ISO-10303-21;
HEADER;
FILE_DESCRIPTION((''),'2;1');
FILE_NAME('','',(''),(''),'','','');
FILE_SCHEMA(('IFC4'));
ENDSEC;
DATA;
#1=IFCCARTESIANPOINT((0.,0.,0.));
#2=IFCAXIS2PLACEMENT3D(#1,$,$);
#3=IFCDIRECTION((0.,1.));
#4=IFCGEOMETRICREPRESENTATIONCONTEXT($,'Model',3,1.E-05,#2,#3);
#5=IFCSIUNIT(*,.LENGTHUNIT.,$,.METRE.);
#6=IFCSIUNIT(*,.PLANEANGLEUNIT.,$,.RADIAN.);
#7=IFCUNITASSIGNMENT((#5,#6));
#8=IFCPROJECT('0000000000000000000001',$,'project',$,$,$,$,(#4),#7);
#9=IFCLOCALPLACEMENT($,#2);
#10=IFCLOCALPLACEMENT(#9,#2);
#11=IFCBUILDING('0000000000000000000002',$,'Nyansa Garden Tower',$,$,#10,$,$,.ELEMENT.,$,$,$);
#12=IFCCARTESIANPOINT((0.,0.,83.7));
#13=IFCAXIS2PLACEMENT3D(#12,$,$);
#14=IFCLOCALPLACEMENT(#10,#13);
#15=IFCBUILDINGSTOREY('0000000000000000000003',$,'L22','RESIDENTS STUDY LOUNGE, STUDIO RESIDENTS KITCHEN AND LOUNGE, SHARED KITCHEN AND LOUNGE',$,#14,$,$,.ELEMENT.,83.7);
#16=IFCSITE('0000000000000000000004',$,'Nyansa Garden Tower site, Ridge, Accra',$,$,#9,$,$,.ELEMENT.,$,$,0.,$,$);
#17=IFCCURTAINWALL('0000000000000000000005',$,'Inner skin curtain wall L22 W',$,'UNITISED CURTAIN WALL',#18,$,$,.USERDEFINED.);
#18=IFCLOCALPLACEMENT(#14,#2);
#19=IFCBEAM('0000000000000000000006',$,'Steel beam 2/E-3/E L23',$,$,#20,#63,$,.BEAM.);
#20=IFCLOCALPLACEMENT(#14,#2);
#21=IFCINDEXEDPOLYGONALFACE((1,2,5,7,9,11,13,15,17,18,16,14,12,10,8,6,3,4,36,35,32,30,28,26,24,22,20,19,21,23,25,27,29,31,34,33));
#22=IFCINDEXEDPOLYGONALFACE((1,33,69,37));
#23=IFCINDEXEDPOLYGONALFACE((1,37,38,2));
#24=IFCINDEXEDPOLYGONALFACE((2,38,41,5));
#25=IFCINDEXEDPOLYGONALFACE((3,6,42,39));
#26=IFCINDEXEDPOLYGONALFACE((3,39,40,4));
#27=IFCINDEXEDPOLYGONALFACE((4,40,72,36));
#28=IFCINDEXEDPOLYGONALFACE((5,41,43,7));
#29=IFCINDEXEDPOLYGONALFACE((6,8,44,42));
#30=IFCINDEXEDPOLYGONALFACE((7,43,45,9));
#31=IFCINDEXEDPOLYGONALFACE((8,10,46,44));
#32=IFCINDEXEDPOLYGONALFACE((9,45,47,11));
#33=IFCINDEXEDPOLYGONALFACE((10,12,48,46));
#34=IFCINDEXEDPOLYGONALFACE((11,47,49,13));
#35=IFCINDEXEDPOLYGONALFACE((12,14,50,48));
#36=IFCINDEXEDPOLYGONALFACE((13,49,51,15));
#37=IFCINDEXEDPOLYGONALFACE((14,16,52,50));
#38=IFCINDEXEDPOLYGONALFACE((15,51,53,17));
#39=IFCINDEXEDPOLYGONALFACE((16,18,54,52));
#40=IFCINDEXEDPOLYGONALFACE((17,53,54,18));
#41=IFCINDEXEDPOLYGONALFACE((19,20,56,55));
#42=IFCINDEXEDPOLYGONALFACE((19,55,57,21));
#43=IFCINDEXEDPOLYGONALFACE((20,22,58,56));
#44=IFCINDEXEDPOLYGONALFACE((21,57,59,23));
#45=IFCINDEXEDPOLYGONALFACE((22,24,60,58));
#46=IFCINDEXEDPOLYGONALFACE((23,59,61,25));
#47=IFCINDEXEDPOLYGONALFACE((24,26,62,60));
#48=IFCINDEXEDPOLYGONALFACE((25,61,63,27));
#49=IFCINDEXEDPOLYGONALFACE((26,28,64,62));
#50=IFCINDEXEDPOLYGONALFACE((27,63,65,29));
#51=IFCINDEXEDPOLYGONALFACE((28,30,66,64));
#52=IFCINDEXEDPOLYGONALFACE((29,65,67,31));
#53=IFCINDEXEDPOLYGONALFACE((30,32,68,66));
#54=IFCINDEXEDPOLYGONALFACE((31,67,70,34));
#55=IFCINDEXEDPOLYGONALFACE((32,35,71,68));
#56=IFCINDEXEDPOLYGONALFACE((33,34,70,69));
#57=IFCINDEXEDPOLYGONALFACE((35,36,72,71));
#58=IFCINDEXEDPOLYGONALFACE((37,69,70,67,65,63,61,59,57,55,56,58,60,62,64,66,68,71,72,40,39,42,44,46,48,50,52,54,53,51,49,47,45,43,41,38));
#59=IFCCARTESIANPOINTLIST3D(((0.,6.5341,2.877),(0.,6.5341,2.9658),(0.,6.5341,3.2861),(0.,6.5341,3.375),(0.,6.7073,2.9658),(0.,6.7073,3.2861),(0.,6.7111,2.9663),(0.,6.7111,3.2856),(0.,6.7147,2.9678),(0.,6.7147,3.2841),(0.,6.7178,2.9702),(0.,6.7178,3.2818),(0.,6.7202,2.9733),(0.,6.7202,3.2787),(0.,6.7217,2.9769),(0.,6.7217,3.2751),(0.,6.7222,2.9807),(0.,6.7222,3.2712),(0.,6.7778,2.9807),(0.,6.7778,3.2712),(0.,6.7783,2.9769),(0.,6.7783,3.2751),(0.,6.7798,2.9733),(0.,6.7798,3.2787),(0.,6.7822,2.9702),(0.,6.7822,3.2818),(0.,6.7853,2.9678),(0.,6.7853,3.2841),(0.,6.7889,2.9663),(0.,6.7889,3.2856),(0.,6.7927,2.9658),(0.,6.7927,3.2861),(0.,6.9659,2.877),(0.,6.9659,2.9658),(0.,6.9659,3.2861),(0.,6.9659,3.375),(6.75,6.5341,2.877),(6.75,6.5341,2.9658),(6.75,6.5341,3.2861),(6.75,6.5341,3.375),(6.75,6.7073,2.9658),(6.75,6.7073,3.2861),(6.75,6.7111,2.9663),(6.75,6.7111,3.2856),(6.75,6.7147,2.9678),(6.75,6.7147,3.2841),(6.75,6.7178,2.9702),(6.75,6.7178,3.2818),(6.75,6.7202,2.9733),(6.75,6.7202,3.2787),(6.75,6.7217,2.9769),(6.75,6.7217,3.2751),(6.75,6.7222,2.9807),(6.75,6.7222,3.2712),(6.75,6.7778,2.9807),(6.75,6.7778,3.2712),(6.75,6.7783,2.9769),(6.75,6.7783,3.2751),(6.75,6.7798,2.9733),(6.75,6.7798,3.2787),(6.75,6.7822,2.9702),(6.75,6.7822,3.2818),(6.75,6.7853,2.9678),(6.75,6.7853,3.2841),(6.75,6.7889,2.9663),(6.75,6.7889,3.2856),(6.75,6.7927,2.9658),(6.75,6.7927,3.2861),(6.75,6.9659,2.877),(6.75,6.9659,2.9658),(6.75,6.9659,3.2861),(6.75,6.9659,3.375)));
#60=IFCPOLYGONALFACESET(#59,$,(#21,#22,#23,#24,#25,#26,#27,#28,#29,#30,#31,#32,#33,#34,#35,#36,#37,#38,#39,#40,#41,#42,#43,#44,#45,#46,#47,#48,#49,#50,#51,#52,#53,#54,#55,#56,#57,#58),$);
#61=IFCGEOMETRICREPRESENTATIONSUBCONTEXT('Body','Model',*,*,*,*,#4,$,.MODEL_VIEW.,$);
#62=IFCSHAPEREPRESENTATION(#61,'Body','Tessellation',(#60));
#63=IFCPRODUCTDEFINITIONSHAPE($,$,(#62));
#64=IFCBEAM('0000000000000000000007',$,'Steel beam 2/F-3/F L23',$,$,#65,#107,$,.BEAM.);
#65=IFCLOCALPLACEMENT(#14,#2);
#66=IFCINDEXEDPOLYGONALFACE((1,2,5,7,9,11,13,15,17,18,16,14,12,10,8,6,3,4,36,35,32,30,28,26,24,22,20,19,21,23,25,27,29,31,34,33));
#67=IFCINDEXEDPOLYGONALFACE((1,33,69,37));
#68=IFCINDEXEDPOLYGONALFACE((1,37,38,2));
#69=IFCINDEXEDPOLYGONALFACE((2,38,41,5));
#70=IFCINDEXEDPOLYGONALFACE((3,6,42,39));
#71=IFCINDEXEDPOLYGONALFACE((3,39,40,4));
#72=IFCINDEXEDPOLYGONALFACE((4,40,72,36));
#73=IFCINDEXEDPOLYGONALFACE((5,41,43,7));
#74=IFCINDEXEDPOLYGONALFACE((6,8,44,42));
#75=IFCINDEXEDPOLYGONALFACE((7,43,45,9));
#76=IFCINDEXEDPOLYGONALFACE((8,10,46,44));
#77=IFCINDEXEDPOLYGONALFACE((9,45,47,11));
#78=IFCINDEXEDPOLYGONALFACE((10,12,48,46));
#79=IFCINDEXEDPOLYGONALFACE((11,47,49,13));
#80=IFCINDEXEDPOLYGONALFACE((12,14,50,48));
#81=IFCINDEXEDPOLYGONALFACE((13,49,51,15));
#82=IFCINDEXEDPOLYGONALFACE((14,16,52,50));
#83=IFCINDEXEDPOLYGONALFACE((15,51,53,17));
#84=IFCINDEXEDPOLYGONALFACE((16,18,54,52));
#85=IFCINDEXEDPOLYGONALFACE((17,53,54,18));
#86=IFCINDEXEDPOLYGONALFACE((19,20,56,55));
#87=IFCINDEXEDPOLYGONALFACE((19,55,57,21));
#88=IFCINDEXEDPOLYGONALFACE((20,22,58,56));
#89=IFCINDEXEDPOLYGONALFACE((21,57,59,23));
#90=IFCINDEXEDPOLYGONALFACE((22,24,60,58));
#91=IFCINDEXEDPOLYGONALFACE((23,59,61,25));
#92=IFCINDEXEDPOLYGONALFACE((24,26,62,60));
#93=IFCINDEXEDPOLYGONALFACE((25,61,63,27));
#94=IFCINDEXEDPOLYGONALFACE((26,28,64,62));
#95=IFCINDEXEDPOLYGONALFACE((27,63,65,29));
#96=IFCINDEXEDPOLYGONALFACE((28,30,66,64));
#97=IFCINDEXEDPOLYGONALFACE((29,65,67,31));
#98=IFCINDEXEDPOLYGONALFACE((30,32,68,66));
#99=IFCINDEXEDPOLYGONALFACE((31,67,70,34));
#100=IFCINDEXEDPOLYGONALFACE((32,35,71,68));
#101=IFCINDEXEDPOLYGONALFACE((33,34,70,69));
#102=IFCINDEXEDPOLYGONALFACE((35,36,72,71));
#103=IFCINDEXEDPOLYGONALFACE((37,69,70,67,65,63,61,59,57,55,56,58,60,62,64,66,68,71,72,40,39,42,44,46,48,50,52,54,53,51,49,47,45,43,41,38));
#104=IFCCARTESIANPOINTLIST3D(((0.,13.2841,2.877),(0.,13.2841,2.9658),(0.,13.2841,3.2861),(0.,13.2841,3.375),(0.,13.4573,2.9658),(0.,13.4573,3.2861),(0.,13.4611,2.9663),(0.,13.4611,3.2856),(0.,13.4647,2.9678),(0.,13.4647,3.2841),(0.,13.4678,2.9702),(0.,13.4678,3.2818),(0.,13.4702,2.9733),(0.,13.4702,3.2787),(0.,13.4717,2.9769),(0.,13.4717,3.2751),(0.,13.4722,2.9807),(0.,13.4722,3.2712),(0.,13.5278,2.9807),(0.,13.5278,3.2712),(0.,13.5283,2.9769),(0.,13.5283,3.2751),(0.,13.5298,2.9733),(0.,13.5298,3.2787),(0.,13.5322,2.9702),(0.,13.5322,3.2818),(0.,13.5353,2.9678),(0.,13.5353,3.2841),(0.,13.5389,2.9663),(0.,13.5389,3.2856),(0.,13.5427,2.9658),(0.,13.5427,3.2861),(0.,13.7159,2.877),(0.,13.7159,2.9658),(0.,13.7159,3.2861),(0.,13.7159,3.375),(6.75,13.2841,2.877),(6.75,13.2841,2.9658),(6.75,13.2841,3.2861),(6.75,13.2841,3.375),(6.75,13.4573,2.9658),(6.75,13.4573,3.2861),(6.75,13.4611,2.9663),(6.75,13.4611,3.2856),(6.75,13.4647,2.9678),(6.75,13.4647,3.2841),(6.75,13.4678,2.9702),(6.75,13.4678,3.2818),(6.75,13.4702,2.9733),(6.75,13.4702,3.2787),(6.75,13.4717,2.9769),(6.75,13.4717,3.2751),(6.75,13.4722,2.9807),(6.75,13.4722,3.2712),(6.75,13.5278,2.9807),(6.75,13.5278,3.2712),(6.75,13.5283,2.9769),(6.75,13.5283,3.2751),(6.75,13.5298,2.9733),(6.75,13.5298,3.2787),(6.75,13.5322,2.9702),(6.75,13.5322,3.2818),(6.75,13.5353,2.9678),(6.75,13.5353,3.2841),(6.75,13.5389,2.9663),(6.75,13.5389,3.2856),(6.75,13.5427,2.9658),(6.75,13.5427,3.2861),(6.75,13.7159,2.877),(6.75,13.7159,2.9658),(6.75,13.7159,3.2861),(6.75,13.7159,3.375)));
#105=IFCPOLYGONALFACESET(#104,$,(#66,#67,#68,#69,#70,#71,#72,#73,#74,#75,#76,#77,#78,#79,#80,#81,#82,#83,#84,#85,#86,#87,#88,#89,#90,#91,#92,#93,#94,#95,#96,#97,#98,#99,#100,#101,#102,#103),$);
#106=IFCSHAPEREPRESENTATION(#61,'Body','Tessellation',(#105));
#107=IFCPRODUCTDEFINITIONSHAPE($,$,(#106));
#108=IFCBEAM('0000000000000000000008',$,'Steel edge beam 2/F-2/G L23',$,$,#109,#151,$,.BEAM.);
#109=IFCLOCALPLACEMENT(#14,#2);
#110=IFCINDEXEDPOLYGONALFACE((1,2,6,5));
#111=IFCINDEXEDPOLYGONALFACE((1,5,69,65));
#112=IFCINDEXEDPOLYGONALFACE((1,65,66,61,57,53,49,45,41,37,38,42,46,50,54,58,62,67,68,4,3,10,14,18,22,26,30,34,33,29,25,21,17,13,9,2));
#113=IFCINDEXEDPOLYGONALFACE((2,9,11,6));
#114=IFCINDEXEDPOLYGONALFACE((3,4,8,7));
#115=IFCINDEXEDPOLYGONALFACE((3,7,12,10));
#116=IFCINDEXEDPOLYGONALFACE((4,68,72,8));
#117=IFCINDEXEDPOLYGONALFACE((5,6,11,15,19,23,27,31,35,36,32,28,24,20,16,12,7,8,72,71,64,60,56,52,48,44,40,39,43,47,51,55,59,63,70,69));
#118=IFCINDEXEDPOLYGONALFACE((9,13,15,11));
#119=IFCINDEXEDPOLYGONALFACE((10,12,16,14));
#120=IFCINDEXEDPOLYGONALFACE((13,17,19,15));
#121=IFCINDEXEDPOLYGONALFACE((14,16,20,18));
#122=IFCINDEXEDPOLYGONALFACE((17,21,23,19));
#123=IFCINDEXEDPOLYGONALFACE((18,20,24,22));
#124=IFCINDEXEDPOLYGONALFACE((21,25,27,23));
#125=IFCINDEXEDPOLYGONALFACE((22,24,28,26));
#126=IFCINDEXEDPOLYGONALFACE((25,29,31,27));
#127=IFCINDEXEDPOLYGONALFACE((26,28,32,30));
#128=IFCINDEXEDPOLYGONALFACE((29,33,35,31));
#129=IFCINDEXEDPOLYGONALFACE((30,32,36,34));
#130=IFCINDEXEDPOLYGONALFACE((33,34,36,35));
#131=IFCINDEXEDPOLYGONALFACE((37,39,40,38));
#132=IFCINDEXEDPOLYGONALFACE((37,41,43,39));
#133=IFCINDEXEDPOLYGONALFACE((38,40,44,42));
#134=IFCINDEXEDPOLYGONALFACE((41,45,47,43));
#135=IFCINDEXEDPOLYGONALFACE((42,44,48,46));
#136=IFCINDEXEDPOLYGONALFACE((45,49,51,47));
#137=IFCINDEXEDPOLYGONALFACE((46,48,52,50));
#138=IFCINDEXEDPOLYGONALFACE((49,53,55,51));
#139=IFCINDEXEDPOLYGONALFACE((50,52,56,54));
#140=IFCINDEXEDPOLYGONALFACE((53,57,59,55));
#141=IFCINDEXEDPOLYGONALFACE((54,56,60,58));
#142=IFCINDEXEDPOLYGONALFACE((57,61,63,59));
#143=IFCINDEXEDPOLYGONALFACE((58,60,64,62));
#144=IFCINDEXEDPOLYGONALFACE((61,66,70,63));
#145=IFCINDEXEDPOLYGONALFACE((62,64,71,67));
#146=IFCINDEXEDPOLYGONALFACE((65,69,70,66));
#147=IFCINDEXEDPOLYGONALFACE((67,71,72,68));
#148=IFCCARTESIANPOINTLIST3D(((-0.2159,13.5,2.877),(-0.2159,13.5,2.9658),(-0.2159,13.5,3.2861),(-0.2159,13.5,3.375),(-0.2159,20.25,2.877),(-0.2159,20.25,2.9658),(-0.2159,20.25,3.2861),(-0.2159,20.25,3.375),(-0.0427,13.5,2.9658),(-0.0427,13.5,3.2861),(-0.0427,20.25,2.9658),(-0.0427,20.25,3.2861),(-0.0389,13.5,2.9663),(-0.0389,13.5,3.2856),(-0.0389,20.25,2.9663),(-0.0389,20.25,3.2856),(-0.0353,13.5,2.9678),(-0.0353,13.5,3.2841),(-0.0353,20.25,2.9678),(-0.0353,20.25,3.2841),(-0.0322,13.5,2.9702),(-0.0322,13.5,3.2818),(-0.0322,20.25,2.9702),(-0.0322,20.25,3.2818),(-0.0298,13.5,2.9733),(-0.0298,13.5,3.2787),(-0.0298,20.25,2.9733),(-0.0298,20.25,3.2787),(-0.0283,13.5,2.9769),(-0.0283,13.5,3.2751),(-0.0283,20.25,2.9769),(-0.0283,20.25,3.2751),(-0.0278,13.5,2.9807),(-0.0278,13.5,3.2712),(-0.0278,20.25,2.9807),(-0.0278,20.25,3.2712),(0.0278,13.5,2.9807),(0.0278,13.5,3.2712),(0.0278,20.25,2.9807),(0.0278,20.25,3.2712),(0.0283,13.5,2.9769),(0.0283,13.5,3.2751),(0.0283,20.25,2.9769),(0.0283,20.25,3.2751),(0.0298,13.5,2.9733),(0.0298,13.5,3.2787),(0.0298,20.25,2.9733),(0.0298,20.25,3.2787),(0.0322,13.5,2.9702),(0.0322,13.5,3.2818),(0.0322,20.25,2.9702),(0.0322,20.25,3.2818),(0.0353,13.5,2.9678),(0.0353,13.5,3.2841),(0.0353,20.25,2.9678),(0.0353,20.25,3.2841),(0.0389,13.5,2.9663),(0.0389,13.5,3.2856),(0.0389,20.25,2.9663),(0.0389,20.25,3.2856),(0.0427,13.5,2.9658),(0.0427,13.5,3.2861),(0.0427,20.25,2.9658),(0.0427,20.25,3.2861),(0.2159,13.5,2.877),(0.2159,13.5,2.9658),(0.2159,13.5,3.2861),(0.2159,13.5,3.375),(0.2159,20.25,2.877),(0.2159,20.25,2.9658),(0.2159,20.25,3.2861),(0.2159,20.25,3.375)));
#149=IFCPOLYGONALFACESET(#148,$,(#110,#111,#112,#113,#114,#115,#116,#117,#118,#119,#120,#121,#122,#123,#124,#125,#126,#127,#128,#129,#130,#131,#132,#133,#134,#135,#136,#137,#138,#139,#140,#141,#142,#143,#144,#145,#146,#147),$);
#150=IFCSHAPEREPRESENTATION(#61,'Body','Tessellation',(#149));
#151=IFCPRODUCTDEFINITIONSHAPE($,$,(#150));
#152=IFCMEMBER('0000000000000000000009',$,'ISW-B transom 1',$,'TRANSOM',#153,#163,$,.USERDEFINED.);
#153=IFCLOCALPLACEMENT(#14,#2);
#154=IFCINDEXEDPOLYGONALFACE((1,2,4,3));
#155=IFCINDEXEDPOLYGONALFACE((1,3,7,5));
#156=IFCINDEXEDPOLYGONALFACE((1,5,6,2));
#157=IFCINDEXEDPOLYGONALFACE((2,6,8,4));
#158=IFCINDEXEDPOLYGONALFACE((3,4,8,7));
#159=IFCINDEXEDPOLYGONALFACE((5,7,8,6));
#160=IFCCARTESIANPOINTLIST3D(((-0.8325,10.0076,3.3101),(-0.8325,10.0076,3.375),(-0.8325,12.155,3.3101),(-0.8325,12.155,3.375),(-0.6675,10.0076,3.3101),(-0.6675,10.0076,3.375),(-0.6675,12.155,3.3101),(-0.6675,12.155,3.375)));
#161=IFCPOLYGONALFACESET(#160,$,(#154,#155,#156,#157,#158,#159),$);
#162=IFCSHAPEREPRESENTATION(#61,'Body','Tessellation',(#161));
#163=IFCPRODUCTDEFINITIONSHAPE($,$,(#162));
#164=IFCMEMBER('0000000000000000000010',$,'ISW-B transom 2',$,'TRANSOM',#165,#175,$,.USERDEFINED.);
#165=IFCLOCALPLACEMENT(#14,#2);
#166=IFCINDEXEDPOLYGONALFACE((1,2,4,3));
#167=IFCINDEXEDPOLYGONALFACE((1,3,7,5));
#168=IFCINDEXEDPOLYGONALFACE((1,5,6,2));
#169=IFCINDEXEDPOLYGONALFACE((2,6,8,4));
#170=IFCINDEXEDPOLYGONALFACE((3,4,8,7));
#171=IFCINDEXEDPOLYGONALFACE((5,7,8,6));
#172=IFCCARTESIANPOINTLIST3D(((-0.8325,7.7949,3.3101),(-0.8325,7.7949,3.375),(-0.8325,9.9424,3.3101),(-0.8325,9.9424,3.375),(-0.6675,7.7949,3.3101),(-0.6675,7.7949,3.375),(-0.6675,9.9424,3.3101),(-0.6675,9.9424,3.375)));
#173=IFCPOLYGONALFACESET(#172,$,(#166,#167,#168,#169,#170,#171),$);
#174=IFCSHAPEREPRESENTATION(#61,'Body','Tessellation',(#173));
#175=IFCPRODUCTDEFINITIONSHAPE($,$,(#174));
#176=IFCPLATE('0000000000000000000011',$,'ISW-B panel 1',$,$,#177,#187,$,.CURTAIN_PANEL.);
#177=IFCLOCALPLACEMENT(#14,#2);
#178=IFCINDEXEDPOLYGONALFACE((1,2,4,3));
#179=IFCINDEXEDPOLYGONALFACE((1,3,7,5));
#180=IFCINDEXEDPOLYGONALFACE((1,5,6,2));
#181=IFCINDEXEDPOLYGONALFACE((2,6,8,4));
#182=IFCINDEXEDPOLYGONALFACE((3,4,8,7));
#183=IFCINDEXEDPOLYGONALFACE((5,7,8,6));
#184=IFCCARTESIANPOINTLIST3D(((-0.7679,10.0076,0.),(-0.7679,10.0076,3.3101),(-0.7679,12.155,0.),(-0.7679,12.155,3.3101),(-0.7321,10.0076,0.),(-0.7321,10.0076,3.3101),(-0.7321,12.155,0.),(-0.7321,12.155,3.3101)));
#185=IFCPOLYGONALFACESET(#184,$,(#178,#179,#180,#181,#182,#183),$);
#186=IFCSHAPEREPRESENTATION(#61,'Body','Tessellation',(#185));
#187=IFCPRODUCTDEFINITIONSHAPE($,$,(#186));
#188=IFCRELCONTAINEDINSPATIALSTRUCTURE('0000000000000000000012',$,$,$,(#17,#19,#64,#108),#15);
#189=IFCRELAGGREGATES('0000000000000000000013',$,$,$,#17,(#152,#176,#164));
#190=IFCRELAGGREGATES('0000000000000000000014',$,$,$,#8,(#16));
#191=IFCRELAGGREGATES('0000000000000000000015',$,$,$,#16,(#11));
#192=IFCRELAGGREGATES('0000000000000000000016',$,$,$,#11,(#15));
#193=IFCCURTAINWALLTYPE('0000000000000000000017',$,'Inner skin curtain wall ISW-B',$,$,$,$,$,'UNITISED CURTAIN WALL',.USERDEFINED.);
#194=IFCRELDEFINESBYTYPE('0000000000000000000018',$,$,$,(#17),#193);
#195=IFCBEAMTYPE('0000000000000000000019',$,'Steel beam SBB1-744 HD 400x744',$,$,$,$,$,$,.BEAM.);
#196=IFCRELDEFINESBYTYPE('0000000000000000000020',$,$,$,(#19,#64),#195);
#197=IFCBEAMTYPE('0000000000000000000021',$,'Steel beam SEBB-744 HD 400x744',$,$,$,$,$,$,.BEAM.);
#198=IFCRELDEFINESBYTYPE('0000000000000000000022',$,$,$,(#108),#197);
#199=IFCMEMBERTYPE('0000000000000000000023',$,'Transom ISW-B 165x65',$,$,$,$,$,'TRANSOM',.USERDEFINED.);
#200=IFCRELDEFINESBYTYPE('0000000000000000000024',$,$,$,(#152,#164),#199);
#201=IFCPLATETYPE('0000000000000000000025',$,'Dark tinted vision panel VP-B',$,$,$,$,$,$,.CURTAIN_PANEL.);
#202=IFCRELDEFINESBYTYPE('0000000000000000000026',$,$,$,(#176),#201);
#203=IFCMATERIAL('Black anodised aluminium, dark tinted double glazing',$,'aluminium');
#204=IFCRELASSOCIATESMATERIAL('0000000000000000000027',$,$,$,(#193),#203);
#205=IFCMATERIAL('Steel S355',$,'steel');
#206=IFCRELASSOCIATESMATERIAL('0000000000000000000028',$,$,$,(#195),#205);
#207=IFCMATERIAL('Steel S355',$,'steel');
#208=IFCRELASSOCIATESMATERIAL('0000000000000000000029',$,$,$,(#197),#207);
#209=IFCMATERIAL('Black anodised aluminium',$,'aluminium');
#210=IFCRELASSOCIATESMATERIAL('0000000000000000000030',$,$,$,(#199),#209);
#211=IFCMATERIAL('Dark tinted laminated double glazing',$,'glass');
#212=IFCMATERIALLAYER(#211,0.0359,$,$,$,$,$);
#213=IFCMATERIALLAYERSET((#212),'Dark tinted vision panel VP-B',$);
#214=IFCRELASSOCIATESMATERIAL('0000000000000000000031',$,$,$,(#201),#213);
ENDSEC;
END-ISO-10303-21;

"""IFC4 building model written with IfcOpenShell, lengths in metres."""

from ifc_helpers import new_model, si_unit, direction, frame, origin, origin_2d, place, context, subcontext, project, spatial, rectangle, i_section, extrude, material, layer, layer_set, material_profile, profile_set, type_object, element, aggregate, save


model = new_model("IFC4")

# Units and contexts
model_context = context("Model", 3, precision=1e-05, world=origin(), true_north=direction((0.0, 1.0)))
body_context = subcontext(model_context, "Body", "Model", "MODEL_VIEW")
ifc_project = project(units=[si_unit("LENGTHUNIT", "METRE"), si_unit("PLANEANGLEUNIT", "RADIAN")], contexts=[model_context])

# Site, building, storey
site_placement = place(None, origin())
site = spatial("IfcSite", under=ifc_project, at=site_placement, Name="Nyansa Garden Tower site, Ridge, Accra", CompositionType="ELEMENT", RefElevation=0.0)
building_placement = place(site_placement, origin())
building = spatial("IfcBuilding", under=site, at=building_placement, Name="Nyansa Garden Tower", CompositionType="ELEMENT")
storey_placement = place(building_placement, frame((0.0, 0.0, 83.7)))
storey = spatial("IfcBuildingStorey", under=building, at=storey_placement, Name="L22", Description="RESIDENTS STUDY LOUNGE, STUDIO RESIDENTS KITCHEN AND LOUNGE, SHARED KITCHEN AND LOUNGE", CompositionType="ELEMENT", Elevation=83.7)

# Curtain wall
ifc_material_1 = material(Name="Black anodised aluminium, dark tinted double glazing", Category="aluminium")
curtain_wall_type = type_object("IfcCurtainWallType", Name="Inner skin curtain wall ISW-B", ElementType="UNITISED CURTAIN WALL", PredefinedType="USERDEFINED", material=ifc_material_1)
curtain_wall_placement = place(storey_placement, origin())
curtain_wall = element("IfcCurtainWall", 1, at=curtain_wall_placement, inside=storey, type_object=curtain_wall_type, Name="Inner skin curtain wall L22 W", ObjectType="UNITISED CURTAIN WALL", PredefinedType="USERDEFINED")

# Beams
ifc_material_2 = material(Name="Steel S355", Category="steel")
ifc_material_profile_1 = material_profile(ifc_material_2, i_section(OverallWidth=0.4319, OverallDepth=0.498, WebThickness=0.0557, FlangeThickness=0.0889, FilletRadius=0.0149, at=origin_2d()), Name="HD 400x744")
ifc_profile_set_1 = profile_set([ifc_material_profile_1], Name="Steel S355")
beam_type_1 = type_object("IfcBeamType", Name="Steel beam SBB1-744 HD 400x744", PredefinedType="BEAM", material=ifc_profile_set_1)
for number, where, z_axis, x_axis, name in (
    (2, (0.0, 6.75, 3.126), (1.0, 0.0, 0.0), (0.0, 1.0, 0.0), "Steel beam 2/E-3/E L23"),
    (3, (0.0, 13.5, 3.126), (1.0, 0.0, 0.0), (0.0, 1.0, 0.0), "Steel beam 2/F-3/F L23"),
):
    element("IfcBeam", number, at=place(storey_placement, frame(where, z_axis=z_axis, x_axis=x_axis)), inside=storey, type_object=beam_type_1, Name=name, PredefinedType="BEAM", context=body_context, shape_type="SweptSolid", body=[
        extrude(i_section(OverallWidth=0.4319, OverallDepth=0.498, WebThickness=0.0557, FlangeThickness=0.0889, FilletRadius=0.0149, at=origin_2d()), origin(), (0.0, 0.0, 1.0), 6.75),
    ])
ifc_material_3 = material(Name="Steel S355", Category="steel")
ifc_material_profile_2 = material_profile(ifc_material_3, i_section(OverallWidth=0.4319, OverallDepth=0.498, WebThickness=0.0557, FlangeThickness=0.0889, FilletRadius=0.0149, at=origin_2d()), Name="HD 400x744")
ifc_profile_set_2 = profile_set([ifc_material_profile_2], Name="Steel S355")
beam_type_2 = type_object("IfcBeamType", Name="Steel beam SEBB-744 HD 400x744", PredefinedType="BEAM", material=ifc_profile_set_2)
beam_1_placement = place(storey_placement, frame((0.0, 13.5, 3.126), z_axis=(0.0, 1.0, 0.0), x_axis=(-1.0, 0.0, 0.0)))
element("IfcBeam", 4, at=beam_1_placement, inside=storey, type_object=beam_type_2, Name="Steel edge beam 2/F-2/G L23", PredefinedType="BEAM", context=body_context, shape_type="SweptSolid", body=[
    extrude(i_section(OverallWidth=0.4319, OverallDepth=0.498, WebThickness=0.0557, FlangeThickness=0.0889, FilletRadius=0.0149, at=origin_2d()), origin(), (0.0, 0.0, 1.0), 6.75),
])

# Members
ifc_material_4 = material(Name="Black anodised aluminium", Category="aluminium")
ifc_material_profile_3 = material_profile(ifc_material_4, rectangle(XDim=0.165, YDim=0.0649, at=origin_2d()), Name="Transom 165x65")
ifc_profile_set_3 = profile_set([ifc_material_profile_3], Name="Black anodised aluminium")
member_type_1 = type_object("IfcMemberType", Name="Transom ISW-B 165x65", ElementType="TRANSOM", PredefinedType="USERDEFINED", material=ifc_profile_set_3)
member_1_placement = place(storey_placement, frame((-0.75, 12.155, 3.3425), z_axis=(0.0, -1.0, 0.0), x_axis=(1.0, 0.0, 0.0)))
member_1 = element("IfcMember", 5, at=member_1_placement, type_object=member_type_1, Name="ISW-B transom 1", ObjectType="TRANSOM", PredefinedType="USERDEFINED", context=body_context, shape_type="SweptSolid", body=[
    extrude(rectangle(XDim=0.165, YDim=0.0649, at=origin_2d()), origin(), (0.0, 0.0, 1.0), 2.1475),
])
member_2_placement = place(storey_placement, frame((-0.75, 9.9424, 3.3425), z_axis=(0.0, -1.0, 0.0), x_axis=(1.0, 0.0, 0.0)))
member_2 = element("IfcMember", 6, at=member_2_placement, type_object=member_type_1, Name="ISW-B transom 2", ObjectType="TRANSOM", PredefinedType="USERDEFINED", context=body_context, shape_type="SweptSolid", body=[
    extrude(rectangle(XDim=0.165, YDim=0.0649, at=origin_2d()), origin(), (0.0, 0.0, 1.0), 2.1475),
])

# Plate
ifc_material_5 = material(Name="Dark tinted laminated double glazing", Category="glass")
ifc_layer_1 = layer(ifc_material_5, 0.0359)
ifc_layer_set_1 = layer_set([ifc_layer_1], Name="Dark tinted vision panel VP-B")
plate_type = type_object("IfcPlateType", Name="Dark tinted vision panel VP-B", PredefinedType="CURTAIN_PANEL", material=ifc_layer_set_1)
plate_1_placement = place(storey_placement, frame((-0.75, 11.0813, 0.0), z_axis=(0.0, 0.0, 1.0), x_axis=(0.0, -1.0, 0.0)))
plate_1 = element("IfcPlate", 7, at=plate_1_placement, type_object=plate_type, Name="ISW-B panel 1", PredefinedType="CURTAIN_PANEL", context=body_context, shape_type="SweptSolid", body=[
    extrude(rectangle(XDim=2.1475, YDim=0.0359, at=origin_2d()), origin(), (0.0, 0.0, 1.0), 3.3101),
])
aggregate(curtain_wall, [member_1, plate_1, member_2])

save(model, "model.ifc")
